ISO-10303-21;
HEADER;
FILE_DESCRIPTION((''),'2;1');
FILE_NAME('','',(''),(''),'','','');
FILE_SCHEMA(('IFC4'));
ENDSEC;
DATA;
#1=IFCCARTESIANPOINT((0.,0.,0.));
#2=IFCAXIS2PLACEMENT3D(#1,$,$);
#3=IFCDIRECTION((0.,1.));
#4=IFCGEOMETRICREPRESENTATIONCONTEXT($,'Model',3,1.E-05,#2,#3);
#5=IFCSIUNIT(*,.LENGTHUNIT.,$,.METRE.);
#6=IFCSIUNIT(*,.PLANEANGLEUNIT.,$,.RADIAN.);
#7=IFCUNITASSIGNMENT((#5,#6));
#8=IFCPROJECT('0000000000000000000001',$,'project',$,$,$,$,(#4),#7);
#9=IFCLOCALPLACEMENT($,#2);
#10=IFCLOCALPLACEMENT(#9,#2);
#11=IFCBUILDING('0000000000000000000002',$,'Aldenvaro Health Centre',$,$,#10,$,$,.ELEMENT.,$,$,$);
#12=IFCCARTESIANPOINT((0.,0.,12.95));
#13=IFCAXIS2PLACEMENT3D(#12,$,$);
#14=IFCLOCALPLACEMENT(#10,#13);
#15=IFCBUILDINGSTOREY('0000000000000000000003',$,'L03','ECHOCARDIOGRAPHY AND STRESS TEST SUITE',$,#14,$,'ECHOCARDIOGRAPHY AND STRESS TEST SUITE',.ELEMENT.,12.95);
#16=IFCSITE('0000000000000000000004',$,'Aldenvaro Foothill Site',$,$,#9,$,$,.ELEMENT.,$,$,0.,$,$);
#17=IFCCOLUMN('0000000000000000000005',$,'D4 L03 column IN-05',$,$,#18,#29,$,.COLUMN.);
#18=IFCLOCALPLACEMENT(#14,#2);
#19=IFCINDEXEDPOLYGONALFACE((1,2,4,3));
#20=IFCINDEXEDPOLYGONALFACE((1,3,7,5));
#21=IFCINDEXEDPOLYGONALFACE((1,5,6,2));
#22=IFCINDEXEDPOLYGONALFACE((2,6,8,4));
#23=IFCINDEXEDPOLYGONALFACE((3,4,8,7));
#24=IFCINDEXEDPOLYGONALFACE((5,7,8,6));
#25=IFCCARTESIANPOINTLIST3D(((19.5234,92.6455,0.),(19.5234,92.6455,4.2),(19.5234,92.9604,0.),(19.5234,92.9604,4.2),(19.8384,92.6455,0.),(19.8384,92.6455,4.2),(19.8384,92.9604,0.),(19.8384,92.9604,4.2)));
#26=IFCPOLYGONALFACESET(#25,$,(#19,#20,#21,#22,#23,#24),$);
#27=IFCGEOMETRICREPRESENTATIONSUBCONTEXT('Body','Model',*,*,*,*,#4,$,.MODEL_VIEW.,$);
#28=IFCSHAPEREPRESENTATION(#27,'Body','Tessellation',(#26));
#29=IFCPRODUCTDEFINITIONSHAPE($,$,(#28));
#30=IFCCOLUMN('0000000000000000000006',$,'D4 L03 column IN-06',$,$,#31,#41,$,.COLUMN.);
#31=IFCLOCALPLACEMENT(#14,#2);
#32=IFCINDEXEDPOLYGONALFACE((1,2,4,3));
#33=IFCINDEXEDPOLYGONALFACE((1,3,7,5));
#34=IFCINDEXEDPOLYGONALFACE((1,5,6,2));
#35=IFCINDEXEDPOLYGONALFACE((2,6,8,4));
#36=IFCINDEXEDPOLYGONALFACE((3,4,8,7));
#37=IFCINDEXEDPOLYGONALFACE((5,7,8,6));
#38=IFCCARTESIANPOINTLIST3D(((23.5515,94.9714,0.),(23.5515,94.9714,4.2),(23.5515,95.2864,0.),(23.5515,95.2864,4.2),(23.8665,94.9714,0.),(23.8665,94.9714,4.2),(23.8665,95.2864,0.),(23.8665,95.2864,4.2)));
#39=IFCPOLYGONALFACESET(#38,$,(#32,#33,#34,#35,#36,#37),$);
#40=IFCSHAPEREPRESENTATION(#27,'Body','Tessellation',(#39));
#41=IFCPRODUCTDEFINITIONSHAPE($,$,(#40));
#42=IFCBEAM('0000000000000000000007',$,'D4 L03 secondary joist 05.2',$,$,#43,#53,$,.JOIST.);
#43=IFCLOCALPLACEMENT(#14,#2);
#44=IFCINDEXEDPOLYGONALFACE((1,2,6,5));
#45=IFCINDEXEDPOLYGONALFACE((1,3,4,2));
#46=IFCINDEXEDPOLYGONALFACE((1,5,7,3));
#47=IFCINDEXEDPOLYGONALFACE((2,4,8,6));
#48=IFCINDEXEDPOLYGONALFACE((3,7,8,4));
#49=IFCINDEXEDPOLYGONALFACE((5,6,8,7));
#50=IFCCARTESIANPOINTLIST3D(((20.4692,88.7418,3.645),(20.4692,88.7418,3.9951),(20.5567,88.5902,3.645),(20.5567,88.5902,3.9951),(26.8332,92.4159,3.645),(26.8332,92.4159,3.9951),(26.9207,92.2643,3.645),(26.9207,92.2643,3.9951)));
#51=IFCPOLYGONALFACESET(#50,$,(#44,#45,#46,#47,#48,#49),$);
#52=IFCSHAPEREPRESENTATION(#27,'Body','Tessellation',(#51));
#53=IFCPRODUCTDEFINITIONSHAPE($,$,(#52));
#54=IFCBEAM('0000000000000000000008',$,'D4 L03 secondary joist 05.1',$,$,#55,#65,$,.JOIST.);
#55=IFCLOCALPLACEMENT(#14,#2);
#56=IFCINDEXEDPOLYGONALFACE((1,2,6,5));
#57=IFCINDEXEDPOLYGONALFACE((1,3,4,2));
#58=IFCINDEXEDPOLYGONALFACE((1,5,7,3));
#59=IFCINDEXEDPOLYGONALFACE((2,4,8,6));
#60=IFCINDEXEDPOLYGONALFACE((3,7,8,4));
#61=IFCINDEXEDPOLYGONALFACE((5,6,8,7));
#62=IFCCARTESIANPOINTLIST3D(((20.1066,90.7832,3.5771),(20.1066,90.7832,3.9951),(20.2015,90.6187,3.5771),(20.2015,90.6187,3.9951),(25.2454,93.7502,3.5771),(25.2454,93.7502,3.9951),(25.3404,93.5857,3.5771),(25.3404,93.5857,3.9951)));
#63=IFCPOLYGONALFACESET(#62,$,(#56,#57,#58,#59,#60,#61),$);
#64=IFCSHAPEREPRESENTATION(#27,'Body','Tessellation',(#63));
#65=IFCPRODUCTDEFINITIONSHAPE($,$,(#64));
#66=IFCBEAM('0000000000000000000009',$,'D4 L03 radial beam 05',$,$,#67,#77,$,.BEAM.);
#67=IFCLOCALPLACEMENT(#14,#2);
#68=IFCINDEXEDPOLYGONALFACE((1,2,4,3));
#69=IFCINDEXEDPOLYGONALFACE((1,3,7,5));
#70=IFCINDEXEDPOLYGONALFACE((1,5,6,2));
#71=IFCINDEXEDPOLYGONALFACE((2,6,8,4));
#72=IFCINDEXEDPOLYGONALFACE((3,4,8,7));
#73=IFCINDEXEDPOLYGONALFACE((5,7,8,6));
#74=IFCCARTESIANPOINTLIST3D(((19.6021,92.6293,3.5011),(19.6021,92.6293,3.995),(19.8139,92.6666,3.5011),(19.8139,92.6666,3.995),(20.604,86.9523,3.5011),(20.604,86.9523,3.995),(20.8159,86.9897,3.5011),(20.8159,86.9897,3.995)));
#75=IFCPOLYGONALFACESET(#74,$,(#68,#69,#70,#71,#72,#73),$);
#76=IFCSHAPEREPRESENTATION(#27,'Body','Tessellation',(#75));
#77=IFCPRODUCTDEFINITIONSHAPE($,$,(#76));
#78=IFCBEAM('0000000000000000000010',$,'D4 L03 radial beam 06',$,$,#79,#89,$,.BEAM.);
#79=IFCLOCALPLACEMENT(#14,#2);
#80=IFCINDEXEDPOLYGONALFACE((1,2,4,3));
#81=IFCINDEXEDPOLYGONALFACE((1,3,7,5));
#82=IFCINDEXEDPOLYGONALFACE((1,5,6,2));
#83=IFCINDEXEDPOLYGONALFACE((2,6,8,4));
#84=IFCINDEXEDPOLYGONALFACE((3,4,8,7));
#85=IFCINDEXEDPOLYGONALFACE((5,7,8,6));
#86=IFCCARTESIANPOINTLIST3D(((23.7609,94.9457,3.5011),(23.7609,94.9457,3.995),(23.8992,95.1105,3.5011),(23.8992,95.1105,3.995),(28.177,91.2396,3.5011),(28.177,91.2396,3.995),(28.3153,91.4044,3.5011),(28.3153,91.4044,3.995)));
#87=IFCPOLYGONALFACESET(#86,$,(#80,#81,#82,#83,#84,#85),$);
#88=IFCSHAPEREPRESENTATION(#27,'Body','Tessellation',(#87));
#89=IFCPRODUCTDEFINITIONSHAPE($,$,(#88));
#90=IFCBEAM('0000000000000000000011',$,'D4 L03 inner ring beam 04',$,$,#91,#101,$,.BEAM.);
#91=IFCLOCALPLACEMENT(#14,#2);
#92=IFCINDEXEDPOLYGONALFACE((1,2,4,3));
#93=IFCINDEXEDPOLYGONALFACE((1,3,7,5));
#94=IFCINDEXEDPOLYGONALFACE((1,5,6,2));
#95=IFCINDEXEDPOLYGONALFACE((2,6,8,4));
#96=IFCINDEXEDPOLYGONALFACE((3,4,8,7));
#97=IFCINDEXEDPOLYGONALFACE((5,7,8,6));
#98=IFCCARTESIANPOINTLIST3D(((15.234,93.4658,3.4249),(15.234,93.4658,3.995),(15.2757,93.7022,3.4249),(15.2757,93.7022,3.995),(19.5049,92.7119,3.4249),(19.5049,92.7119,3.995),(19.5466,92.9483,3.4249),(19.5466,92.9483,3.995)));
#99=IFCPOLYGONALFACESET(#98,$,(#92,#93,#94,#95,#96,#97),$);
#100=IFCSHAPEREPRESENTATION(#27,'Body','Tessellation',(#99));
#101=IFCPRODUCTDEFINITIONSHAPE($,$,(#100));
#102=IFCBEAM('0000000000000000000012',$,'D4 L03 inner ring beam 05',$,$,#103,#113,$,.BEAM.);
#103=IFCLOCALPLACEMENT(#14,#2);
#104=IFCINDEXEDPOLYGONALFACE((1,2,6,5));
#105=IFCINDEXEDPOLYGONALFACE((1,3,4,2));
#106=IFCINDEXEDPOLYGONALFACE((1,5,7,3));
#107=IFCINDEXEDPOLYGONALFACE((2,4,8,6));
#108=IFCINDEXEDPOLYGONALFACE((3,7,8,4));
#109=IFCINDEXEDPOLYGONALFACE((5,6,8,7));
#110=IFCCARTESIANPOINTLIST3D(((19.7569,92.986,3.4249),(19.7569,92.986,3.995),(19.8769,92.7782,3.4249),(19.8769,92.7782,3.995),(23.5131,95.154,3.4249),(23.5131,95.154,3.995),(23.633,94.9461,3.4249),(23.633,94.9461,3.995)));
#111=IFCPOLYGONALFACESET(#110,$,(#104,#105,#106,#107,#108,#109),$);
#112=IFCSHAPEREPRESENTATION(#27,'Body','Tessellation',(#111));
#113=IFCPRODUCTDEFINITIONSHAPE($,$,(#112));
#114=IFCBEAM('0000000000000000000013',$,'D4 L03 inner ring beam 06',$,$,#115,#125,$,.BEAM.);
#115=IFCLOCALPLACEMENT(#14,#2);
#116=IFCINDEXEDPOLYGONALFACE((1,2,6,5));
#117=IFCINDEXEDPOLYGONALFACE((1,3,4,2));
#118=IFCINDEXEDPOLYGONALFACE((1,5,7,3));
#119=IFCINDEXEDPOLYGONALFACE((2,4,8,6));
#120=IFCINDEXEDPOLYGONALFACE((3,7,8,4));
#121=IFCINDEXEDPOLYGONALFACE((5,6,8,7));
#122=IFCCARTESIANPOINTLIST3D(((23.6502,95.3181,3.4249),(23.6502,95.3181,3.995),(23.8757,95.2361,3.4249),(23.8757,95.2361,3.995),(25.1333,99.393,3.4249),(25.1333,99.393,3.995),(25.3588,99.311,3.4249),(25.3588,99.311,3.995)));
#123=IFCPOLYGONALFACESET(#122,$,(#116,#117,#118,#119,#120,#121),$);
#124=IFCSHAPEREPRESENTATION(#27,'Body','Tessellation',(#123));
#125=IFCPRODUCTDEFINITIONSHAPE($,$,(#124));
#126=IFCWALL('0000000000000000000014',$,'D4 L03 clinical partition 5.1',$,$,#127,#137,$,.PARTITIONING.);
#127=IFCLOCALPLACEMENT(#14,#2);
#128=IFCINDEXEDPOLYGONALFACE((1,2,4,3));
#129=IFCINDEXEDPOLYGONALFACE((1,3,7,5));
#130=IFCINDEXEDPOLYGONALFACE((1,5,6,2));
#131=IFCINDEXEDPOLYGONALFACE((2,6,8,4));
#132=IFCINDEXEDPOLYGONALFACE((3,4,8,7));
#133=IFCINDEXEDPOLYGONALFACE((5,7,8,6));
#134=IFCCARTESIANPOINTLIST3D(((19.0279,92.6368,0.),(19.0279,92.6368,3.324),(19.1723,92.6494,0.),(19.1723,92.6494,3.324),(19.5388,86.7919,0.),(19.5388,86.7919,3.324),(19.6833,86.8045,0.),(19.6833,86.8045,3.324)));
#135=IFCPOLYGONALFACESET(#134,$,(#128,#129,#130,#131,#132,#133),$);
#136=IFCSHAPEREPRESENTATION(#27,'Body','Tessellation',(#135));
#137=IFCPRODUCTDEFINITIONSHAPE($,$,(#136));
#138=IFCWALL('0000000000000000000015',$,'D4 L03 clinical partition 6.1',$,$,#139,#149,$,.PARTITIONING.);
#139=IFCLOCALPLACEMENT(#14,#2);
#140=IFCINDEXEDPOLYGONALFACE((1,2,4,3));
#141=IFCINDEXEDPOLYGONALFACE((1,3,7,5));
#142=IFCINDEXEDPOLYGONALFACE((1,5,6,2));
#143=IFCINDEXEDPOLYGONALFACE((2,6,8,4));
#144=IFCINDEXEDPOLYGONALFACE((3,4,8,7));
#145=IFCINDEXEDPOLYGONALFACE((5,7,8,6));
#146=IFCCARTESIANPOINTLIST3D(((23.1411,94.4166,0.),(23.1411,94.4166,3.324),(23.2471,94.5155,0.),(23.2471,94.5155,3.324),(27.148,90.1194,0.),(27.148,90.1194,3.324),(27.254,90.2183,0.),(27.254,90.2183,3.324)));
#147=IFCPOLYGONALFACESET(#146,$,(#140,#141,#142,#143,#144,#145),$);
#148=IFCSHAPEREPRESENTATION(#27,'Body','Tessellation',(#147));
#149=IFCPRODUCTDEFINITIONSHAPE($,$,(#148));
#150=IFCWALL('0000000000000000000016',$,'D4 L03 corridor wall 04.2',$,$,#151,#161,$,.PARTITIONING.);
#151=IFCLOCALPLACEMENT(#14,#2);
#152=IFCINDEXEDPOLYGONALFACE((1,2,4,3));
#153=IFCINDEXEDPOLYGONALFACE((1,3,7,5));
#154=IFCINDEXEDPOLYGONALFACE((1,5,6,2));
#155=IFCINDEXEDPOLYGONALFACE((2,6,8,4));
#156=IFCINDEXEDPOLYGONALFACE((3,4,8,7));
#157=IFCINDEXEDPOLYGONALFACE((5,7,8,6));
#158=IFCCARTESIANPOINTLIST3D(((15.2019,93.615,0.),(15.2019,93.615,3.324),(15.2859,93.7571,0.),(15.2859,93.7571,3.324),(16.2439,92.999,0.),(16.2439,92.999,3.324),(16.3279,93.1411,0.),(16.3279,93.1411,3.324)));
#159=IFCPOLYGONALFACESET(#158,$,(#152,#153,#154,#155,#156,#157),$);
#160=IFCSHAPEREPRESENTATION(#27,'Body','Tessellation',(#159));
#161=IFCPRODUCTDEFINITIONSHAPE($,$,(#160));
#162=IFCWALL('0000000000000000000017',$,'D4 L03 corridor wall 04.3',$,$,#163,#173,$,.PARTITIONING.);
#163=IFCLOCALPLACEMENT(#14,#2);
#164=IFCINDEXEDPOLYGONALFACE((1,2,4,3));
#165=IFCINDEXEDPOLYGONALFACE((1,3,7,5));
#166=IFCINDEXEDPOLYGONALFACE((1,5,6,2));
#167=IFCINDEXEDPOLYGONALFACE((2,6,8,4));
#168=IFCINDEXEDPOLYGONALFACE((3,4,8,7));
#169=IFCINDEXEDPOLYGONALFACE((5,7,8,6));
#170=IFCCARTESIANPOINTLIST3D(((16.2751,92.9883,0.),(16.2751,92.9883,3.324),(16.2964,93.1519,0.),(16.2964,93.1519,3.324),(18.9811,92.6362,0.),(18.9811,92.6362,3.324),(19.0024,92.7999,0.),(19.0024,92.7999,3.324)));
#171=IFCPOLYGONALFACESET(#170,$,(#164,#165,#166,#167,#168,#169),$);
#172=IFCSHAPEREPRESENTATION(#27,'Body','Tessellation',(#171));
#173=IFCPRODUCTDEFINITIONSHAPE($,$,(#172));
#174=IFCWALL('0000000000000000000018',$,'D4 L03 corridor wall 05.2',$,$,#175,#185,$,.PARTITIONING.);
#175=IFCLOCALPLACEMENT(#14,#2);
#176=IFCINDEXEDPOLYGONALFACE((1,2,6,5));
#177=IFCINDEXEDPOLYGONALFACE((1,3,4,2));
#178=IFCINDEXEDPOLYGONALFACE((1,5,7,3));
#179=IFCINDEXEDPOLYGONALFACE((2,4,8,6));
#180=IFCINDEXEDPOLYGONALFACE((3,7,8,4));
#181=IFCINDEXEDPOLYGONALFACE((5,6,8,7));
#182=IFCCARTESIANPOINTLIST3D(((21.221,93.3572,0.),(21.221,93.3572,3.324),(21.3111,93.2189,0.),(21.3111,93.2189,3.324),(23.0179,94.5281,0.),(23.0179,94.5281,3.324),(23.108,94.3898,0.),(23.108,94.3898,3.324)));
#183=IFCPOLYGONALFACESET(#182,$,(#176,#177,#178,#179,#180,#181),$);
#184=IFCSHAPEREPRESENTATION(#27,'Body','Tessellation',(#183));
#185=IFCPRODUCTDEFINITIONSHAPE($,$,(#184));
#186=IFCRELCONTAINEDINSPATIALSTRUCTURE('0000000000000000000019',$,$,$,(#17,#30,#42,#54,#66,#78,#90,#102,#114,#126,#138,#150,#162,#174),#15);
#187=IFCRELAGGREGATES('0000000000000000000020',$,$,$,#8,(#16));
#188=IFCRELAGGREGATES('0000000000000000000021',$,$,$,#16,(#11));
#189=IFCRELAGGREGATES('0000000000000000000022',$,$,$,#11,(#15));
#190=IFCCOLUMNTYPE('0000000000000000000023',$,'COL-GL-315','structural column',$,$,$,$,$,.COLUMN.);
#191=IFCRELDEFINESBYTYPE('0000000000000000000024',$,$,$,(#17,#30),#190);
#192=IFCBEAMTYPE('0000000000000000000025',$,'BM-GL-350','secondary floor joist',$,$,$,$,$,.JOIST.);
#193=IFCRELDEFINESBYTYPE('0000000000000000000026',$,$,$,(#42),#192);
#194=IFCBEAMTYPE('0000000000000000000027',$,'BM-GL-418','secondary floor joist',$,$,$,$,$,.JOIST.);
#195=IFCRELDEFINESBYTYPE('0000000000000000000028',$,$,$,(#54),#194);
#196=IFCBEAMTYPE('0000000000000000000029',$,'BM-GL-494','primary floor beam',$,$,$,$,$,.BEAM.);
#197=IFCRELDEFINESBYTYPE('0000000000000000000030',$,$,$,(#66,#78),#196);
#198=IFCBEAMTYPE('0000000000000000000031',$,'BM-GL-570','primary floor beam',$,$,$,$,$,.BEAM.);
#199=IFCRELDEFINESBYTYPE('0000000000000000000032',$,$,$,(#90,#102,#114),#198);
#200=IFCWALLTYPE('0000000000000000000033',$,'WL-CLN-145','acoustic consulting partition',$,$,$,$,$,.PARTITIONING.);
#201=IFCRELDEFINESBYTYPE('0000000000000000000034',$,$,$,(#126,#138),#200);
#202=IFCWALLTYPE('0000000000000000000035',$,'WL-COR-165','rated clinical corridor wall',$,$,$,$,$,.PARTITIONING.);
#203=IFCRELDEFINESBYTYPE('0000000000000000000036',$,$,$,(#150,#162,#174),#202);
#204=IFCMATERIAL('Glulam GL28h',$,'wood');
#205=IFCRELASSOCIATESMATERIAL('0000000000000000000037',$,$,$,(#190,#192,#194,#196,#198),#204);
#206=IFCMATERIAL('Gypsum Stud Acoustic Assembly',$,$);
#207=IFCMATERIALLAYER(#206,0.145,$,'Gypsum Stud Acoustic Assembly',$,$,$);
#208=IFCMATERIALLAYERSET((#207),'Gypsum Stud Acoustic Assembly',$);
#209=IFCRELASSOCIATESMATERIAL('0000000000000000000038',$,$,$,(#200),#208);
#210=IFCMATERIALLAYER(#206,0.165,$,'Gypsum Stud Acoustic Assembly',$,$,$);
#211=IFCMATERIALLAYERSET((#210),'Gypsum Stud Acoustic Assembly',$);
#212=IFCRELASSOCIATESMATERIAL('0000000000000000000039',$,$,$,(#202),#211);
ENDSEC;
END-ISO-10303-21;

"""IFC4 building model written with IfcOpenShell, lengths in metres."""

from ifc_helpers import new_model, si_unit, direction, frame, frame_2d, origin, origin_2d, place, context, subcontext, project, spatial, rectangle, extrude, material, layer, layer_set, material_profile, profile_set, type_object, element, save


model = new_model("IFC4")

# Units and contexts
model_context = context("Model", 3, precision=1e-05, world=origin(), true_north=direction((0.0, 1.0)))
body_context = subcontext(model_context, "Body", "Model", "MODEL_VIEW")
ifc_project = project(units=[si_unit("LENGTHUNIT", "METRE"), si_unit("PLANEANGLEUNIT", "RADIAN")], contexts=[model_context])

# Site, building, storey
site_placement = place(None, origin())
site = spatial("IfcSite", under=ifc_project, at=site_placement, Name="Aldenvaro Foothill Site", CompositionType="ELEMENT", RefElevation=0.0)
building_placement = place(site_placement, origin())
building = spatial("IfcBuilding", under=site, at=building_placement, Name="Aldenvaro Health Centre", CompositionType="ELEMENT")
storey_placement = place(building_placement, frame((0.0, 0.0, 12.95)))
storey = spatial("IfcBuildingStorey", under=building, at=storey_placement, Name="L03", Description="ECHOCARDIOGRAPHY AND STRESS TEST SUITE", LongName="ECHOCARDIOGRAPHY AND STRESS TEST SUITE", CompositionType="ELEMENT", Elevation=12.95)

# Columns
ifc_material_1 = material(Name="Glulam GL28h", Category="wood")
ifc_material_profile_1 = material_profile(ifc_material_1, rectangle(XDim=0.3149, YDim=0.3149, at=origin_2d()), Name="GL 315x315", Category="wood")
ifc_profile_set_1 = profile_set([ifc_material_profile_1], Name="Glulam GL28h")
column_type = type_object("IfcColumnType", Name="COL-GL-315", Description="structural column", PredefinedType="COLUMN", material=ifc_profile_set_1)
for number, where, z_axis, x_axis, name in (
    (1, (19.6809, 92.803, 0.0), (0.0, 0.0, 1.0), (1.0, 0.0, 0.0), "D4 L03 column IN-05"),
    (2, (23.709, 95.1289, 0.0), (0.0, 0.0, 1.0), (1.0, 0.0, 0.0), "D4 L03 column IN-06"),
):
    element("IfcColumn", number, at=place(storey_placement, frame(where, z_axis=z_axis, x_axis=x_axis)), inside=storey, type_object=column_type, Name=name, PredefinedType="COLUMN", context=body_context, shape_type="SweptSolid", body=[
        extrude(rectangle(XDim=0.3149, YDim=0.3149, at=origin_2d()), origin(), (0.0, 0.0, 1.0), 4.2),
    ])

# Beams
ifc_material_profile_2 = material_profile(ifc_material_1, rectangle(XDim=0.175, YDim=0.3501, at=origin_2d()), Name="GL 175x350", Category="wood")
ifc_profile_set_2 = profile_set([ifc_material_profile_2], Name="Glulam GL28h")
beam_type_1 = type_object("IfcBeamType", Name="BM-GL-350", Description="secondary floor joist", PredefinedType="JOIST", material=ifc_profile_set_2)
beam_1_placement = place(storey_placement, frame((20.5129, 88.666, 3.8201), z_axis=(0.866037, 0.49998, 0.0), x_axis=(-0.49998, 0.866037, 0.0)))
element("IfcBeam", 3, at=beam_1_placement, inside=storey, type_object=beam_type_1, Name="D4 L03 secondary joist 05.2", PredefinedType="JOIST", context=body_context, shape_type="SweptSolid", body=[
    extrude(rectangle(XDim=0.175, YDim=0.3501, at=origin_2d()), origin(), (0.0, 0.0, 1.0), 7.3484),
])
ifc_material_profile_3 = material_profile(ifc_material_1, rectangle(XDim=0.1899, YDim=0.418, at=origin_2d()), Name="GL 190x418", Category="wood")
ifc_profile_set_3 = profile_set([ifc_material_profile_3], Name="Glulam GL28h")
beam_type_2 = type_object("IfcBeamType", Name="BM-GL-418", Description="secondary floor joist", PredefinedType="JOIST", material=ifc_profile_set_3)
beam_2_placement = place(storey_placement, frame((20.1541, 90.7009, 3.7861), z_axis=(0.866019, 0.500011, 0.0), x_axis=(-0.500011, 0.866019, 0.0)))
element("IfcBeam", 4, at=beam_2_placement, inside=storey, type_object=beam_type_2, Name="D4 L03 secondary joist 05.1", PredefinedType="JOIST", context=body_context, shape_type="SweptSolid", body=[
    extrude(rectangle(XDim=0.1899, YDim=0.418, at=origin_2d()), origin(), (0.0, 0.0, 1.0), 5.9338),
])
ifc_material_profile_4 = material_profile(ifc_material_1, rectangle(XDim=0.2151, YDim=0.4939, at=origin_2d()), Name="GL 215x494", Category="wood")
ifc_profile_set_4 = profile_set([ifc_material_profile_4], Name="Glulam GL28h")
beam_type_3 = type_object("IfcBeamType", Name="BM-GL-494", Description="primary floor beam", PredefinedType="BEAM", material=ifc_profile_set_4)
beam_3_placement = place(storey_placement, frame((19.708, 92.6479, 3.748), z_axis=(0.173807, -0.98478, 0.0), x_axis=(0.98478, 0.173807, 0.0)))
element("IfcBeam", 5, at=beam_3_placement, inside=storey, type_object=beam_type_3, Name="D4 L03 radial beam 05", PredefinedType="BEAM", context=body_context, shape_type="SweptSolid", body=[
    extrude(rectangle(XDim=0.2151, YDim=0.4939, at=origin_2d()), origin(), (0.0, 0.0, 1.0), 5.7646),
])
beam_4_placement = place(storey_placement, frame((23.8301, 95.0281, 3.748), z_axis=(0.765995, -0.642846, 0.0), x_axis=(0.642846, 0.765995, 0.0)))
element("IfcBeam", 6, at=beam_4_placement, inside=storey, type_object=beam_type_3, Name="D4 L03 radial beam 06", PredefinedType="BEAM", context=body_context, shape_type="SweptSolid", body=[
    extrude(rectangle(XDim=0.2151, YDim=0.4939, at=origin_2d()), origin(), (0.0, 0.0, 1.0), 5.7651),
])
ifc_material_profile_5 = material_profile(ifc_material_1, rectangle(XDim=0.24, YDim=0.5701, at=origin_2d()), Name="GL 240x570", Category="wood")
ifc_profile_set_5 = profile_set([ifc_material_profile_5], Name="Glulam GL28h")
beam_type_4 = type_object("IfcBeamType", Name="BM-GL-570", Description="primary floor beam", PredefinedType="BEAM", material=ifc_profile_set_5)
for number, where, z_axis, x_axis, name in (
    (7, (15.2549, 93.584, 3.71), (0.984776, -0.17383, 0.0), (0.17383, 0.984776, 0.0), "D4 L03 inner ring beam 04"),
    (8, (19.8169, 92.8821, 3.71), (0.866087, 0.499893, 0.0), (-0.499893, 0.866087, 0.0), "D4 L03 inner ring beam 05"),
):
    element("IfcBeam", number, at=place(storey_placement, frame(where, z_axis=z_axis, x_axis=x_axis)), inside=storey, type_object=beam_type_4, Name=name, PredefinedType="BEAM", context=body_context, shape_type="SweptSolid", body=[
        extrude(rectangle(XDim=0.24, YDim=0.5701, at=origin_2d()), origin(), (0.0, 0.0, 1.0), 4.3369),
    ])
beam_5_placement = place(storey_placement, frame((23.7629, 95.2771, 3.71), z_axis=(0.342019, 0.939693, 0.0), x_axis=(-0.939693, 0.342019, 0.0)))
element("IfcBeam", 9, at=beam_5_placement, inside=storey, type_object=beam_type_4, Name="D4 L03 inner ring beam 06", PredefinedType="BEAM", context=body_context, shape_type="SweptSolid", body=[
    extrude(rectangle(XDim=0.24, YDim=0.5701, at=origin_2d()), origin(), (0.0, 0.0, 1.0), 4.3364),
])

# Walls
ifc_material_2 = material(Name="Gypsum Stud Acoustic Assembly")
ifc_layer_1 = layer(ifc_material_2, 0.145, Name="Gypsum Stud Acoustic Assembly")
ifc_layer_set_1 = layer_set([ifc_layer_1], Name="Gypsum Stud Acoustic Assembly")
wall_type_1 = type_object("IfcWallType", Name="WL-CLN-145", Description="acoustic consulting partition", PredefinedType="PARTITIONING", material=ifc_layer_set_1)
wall_1_placement = place(storey_placement, frame((19.1001, 92.6431, 0.0), z_axis=(0.0, 0.0, 1.0), x_axis=(0.087091, -0.9962, 0.0)))
element("IfcWall", 10, at=wall_1_placement, inside=storey, type_object=wall_type_1, Name="D4 L03 clinical partition 5.1", PredefinedType="PARTITIONING", context=body_context, shape_type="SweptSolid", body=[
    extrude(rectangle(XDim=5.8672, YDim=0.145, at=frame_2d((2.9336, 0.0))), origin(), (0.0, 0.0, 1.0), 3.324),
])
wall_2_placement = place(storey_placement, frame((23.1941, 94.4661, 0.0), z_axis=(0.0, 0.0, 1.0), x_axis=(0.681972, -0.731379, 0.0)))
element("IfcWall", 11, at=wall_2_placement, inside=storey, type_object=wall_type_1, Name="D4 L03 clinical partition 6.1", PredefinedType="PARTITIONING", context=body_context, shape_type="SweptSolid", body=[
    extrude(rectangle(XDim=5.8755, YDim=0.145, at=frame_2d((2.9377, 0.0))), origin(), (0.0, 0.0, 1.0), 3.324),
])
ifc_layer_2 = layer(ifc_material_2, 0.165, Name="Gypsum Stud Acoustic Assembly")
ifc_layer_set_2 = layer_set([ifc_layer_2], Name="Gypsum Stud Acoustic Assembly")
wall_type_2 = type_object("IfcWallType", Name="WL-COR-165", Description="rated clinical corridor wall", PredefinedType="PARTITIONING", material=ifc_layer_set_2)
wall_3_placement = place(storey_placement, frame((15.2439, 93.686, 0.0), z_axis=(0.0, 0.0, 1.0), x_axis=(0.860838, -0.508879, 0.0)))
element("IfcWall", 12, at=wall_3_placement, inside=storey, type_object=wall_type_2, Name="D4 L03 corridor wall 04.2", PredefinedType="PARTITIONING", context=body_context, shape_type="SweptSolid", body=[
    extrude(rectangle(XDim=1.2104, YDim=0.165, at=frame_2d((0.6052, 0.0))), origin(), (0.0, 0.0, 1.0), 3.324),
])
wall_4_placement = place(storey_placement, frame((16.2859, 93.0701, 0.0), z_axis=(0.0, 0.0, 1.0), x_axis=(0.991643, -0.12901, 0.0)))
element("IfcWall", 13, at=wall_4_placement, inside=storey, type_object=wall_type_2, Name="D4 L03 corridor wall 04.3", PredefinedType="PARTITIONING", context=body_context, shape_type="SweptSolid", body=[
    extrude(rectangle(XDim=2.7288, YDim=0.165, at=frame_2d((1.3643, 0.0))), origin(), (0.0, 0.0, 1.0), 3.324),
])

# Wall
wall_5_placement = place(storey_placement, frame((21.2661, 93.2881, 0.0), z_axis=(0.0, 0.0, 1.0), x_axis=(0.837819, 0.545948, 0.0)))
element("IfcWall", 14, at=wall_5_placement, inside=storey, type_object=wall_type_2, Name="D4 L03 corridor wall 05.2", PredefinedType="PARTITIONING", context=body_context, shape_type="SweptSolid", body=[
    extrude(rectangle(XDim=2.1448, YDim=0.165, at=frame_2d((1.0723, 0.0))), origin(), (0.0, 0.0, 1.0), 3.324),
])

save(model, "model.ifc")
